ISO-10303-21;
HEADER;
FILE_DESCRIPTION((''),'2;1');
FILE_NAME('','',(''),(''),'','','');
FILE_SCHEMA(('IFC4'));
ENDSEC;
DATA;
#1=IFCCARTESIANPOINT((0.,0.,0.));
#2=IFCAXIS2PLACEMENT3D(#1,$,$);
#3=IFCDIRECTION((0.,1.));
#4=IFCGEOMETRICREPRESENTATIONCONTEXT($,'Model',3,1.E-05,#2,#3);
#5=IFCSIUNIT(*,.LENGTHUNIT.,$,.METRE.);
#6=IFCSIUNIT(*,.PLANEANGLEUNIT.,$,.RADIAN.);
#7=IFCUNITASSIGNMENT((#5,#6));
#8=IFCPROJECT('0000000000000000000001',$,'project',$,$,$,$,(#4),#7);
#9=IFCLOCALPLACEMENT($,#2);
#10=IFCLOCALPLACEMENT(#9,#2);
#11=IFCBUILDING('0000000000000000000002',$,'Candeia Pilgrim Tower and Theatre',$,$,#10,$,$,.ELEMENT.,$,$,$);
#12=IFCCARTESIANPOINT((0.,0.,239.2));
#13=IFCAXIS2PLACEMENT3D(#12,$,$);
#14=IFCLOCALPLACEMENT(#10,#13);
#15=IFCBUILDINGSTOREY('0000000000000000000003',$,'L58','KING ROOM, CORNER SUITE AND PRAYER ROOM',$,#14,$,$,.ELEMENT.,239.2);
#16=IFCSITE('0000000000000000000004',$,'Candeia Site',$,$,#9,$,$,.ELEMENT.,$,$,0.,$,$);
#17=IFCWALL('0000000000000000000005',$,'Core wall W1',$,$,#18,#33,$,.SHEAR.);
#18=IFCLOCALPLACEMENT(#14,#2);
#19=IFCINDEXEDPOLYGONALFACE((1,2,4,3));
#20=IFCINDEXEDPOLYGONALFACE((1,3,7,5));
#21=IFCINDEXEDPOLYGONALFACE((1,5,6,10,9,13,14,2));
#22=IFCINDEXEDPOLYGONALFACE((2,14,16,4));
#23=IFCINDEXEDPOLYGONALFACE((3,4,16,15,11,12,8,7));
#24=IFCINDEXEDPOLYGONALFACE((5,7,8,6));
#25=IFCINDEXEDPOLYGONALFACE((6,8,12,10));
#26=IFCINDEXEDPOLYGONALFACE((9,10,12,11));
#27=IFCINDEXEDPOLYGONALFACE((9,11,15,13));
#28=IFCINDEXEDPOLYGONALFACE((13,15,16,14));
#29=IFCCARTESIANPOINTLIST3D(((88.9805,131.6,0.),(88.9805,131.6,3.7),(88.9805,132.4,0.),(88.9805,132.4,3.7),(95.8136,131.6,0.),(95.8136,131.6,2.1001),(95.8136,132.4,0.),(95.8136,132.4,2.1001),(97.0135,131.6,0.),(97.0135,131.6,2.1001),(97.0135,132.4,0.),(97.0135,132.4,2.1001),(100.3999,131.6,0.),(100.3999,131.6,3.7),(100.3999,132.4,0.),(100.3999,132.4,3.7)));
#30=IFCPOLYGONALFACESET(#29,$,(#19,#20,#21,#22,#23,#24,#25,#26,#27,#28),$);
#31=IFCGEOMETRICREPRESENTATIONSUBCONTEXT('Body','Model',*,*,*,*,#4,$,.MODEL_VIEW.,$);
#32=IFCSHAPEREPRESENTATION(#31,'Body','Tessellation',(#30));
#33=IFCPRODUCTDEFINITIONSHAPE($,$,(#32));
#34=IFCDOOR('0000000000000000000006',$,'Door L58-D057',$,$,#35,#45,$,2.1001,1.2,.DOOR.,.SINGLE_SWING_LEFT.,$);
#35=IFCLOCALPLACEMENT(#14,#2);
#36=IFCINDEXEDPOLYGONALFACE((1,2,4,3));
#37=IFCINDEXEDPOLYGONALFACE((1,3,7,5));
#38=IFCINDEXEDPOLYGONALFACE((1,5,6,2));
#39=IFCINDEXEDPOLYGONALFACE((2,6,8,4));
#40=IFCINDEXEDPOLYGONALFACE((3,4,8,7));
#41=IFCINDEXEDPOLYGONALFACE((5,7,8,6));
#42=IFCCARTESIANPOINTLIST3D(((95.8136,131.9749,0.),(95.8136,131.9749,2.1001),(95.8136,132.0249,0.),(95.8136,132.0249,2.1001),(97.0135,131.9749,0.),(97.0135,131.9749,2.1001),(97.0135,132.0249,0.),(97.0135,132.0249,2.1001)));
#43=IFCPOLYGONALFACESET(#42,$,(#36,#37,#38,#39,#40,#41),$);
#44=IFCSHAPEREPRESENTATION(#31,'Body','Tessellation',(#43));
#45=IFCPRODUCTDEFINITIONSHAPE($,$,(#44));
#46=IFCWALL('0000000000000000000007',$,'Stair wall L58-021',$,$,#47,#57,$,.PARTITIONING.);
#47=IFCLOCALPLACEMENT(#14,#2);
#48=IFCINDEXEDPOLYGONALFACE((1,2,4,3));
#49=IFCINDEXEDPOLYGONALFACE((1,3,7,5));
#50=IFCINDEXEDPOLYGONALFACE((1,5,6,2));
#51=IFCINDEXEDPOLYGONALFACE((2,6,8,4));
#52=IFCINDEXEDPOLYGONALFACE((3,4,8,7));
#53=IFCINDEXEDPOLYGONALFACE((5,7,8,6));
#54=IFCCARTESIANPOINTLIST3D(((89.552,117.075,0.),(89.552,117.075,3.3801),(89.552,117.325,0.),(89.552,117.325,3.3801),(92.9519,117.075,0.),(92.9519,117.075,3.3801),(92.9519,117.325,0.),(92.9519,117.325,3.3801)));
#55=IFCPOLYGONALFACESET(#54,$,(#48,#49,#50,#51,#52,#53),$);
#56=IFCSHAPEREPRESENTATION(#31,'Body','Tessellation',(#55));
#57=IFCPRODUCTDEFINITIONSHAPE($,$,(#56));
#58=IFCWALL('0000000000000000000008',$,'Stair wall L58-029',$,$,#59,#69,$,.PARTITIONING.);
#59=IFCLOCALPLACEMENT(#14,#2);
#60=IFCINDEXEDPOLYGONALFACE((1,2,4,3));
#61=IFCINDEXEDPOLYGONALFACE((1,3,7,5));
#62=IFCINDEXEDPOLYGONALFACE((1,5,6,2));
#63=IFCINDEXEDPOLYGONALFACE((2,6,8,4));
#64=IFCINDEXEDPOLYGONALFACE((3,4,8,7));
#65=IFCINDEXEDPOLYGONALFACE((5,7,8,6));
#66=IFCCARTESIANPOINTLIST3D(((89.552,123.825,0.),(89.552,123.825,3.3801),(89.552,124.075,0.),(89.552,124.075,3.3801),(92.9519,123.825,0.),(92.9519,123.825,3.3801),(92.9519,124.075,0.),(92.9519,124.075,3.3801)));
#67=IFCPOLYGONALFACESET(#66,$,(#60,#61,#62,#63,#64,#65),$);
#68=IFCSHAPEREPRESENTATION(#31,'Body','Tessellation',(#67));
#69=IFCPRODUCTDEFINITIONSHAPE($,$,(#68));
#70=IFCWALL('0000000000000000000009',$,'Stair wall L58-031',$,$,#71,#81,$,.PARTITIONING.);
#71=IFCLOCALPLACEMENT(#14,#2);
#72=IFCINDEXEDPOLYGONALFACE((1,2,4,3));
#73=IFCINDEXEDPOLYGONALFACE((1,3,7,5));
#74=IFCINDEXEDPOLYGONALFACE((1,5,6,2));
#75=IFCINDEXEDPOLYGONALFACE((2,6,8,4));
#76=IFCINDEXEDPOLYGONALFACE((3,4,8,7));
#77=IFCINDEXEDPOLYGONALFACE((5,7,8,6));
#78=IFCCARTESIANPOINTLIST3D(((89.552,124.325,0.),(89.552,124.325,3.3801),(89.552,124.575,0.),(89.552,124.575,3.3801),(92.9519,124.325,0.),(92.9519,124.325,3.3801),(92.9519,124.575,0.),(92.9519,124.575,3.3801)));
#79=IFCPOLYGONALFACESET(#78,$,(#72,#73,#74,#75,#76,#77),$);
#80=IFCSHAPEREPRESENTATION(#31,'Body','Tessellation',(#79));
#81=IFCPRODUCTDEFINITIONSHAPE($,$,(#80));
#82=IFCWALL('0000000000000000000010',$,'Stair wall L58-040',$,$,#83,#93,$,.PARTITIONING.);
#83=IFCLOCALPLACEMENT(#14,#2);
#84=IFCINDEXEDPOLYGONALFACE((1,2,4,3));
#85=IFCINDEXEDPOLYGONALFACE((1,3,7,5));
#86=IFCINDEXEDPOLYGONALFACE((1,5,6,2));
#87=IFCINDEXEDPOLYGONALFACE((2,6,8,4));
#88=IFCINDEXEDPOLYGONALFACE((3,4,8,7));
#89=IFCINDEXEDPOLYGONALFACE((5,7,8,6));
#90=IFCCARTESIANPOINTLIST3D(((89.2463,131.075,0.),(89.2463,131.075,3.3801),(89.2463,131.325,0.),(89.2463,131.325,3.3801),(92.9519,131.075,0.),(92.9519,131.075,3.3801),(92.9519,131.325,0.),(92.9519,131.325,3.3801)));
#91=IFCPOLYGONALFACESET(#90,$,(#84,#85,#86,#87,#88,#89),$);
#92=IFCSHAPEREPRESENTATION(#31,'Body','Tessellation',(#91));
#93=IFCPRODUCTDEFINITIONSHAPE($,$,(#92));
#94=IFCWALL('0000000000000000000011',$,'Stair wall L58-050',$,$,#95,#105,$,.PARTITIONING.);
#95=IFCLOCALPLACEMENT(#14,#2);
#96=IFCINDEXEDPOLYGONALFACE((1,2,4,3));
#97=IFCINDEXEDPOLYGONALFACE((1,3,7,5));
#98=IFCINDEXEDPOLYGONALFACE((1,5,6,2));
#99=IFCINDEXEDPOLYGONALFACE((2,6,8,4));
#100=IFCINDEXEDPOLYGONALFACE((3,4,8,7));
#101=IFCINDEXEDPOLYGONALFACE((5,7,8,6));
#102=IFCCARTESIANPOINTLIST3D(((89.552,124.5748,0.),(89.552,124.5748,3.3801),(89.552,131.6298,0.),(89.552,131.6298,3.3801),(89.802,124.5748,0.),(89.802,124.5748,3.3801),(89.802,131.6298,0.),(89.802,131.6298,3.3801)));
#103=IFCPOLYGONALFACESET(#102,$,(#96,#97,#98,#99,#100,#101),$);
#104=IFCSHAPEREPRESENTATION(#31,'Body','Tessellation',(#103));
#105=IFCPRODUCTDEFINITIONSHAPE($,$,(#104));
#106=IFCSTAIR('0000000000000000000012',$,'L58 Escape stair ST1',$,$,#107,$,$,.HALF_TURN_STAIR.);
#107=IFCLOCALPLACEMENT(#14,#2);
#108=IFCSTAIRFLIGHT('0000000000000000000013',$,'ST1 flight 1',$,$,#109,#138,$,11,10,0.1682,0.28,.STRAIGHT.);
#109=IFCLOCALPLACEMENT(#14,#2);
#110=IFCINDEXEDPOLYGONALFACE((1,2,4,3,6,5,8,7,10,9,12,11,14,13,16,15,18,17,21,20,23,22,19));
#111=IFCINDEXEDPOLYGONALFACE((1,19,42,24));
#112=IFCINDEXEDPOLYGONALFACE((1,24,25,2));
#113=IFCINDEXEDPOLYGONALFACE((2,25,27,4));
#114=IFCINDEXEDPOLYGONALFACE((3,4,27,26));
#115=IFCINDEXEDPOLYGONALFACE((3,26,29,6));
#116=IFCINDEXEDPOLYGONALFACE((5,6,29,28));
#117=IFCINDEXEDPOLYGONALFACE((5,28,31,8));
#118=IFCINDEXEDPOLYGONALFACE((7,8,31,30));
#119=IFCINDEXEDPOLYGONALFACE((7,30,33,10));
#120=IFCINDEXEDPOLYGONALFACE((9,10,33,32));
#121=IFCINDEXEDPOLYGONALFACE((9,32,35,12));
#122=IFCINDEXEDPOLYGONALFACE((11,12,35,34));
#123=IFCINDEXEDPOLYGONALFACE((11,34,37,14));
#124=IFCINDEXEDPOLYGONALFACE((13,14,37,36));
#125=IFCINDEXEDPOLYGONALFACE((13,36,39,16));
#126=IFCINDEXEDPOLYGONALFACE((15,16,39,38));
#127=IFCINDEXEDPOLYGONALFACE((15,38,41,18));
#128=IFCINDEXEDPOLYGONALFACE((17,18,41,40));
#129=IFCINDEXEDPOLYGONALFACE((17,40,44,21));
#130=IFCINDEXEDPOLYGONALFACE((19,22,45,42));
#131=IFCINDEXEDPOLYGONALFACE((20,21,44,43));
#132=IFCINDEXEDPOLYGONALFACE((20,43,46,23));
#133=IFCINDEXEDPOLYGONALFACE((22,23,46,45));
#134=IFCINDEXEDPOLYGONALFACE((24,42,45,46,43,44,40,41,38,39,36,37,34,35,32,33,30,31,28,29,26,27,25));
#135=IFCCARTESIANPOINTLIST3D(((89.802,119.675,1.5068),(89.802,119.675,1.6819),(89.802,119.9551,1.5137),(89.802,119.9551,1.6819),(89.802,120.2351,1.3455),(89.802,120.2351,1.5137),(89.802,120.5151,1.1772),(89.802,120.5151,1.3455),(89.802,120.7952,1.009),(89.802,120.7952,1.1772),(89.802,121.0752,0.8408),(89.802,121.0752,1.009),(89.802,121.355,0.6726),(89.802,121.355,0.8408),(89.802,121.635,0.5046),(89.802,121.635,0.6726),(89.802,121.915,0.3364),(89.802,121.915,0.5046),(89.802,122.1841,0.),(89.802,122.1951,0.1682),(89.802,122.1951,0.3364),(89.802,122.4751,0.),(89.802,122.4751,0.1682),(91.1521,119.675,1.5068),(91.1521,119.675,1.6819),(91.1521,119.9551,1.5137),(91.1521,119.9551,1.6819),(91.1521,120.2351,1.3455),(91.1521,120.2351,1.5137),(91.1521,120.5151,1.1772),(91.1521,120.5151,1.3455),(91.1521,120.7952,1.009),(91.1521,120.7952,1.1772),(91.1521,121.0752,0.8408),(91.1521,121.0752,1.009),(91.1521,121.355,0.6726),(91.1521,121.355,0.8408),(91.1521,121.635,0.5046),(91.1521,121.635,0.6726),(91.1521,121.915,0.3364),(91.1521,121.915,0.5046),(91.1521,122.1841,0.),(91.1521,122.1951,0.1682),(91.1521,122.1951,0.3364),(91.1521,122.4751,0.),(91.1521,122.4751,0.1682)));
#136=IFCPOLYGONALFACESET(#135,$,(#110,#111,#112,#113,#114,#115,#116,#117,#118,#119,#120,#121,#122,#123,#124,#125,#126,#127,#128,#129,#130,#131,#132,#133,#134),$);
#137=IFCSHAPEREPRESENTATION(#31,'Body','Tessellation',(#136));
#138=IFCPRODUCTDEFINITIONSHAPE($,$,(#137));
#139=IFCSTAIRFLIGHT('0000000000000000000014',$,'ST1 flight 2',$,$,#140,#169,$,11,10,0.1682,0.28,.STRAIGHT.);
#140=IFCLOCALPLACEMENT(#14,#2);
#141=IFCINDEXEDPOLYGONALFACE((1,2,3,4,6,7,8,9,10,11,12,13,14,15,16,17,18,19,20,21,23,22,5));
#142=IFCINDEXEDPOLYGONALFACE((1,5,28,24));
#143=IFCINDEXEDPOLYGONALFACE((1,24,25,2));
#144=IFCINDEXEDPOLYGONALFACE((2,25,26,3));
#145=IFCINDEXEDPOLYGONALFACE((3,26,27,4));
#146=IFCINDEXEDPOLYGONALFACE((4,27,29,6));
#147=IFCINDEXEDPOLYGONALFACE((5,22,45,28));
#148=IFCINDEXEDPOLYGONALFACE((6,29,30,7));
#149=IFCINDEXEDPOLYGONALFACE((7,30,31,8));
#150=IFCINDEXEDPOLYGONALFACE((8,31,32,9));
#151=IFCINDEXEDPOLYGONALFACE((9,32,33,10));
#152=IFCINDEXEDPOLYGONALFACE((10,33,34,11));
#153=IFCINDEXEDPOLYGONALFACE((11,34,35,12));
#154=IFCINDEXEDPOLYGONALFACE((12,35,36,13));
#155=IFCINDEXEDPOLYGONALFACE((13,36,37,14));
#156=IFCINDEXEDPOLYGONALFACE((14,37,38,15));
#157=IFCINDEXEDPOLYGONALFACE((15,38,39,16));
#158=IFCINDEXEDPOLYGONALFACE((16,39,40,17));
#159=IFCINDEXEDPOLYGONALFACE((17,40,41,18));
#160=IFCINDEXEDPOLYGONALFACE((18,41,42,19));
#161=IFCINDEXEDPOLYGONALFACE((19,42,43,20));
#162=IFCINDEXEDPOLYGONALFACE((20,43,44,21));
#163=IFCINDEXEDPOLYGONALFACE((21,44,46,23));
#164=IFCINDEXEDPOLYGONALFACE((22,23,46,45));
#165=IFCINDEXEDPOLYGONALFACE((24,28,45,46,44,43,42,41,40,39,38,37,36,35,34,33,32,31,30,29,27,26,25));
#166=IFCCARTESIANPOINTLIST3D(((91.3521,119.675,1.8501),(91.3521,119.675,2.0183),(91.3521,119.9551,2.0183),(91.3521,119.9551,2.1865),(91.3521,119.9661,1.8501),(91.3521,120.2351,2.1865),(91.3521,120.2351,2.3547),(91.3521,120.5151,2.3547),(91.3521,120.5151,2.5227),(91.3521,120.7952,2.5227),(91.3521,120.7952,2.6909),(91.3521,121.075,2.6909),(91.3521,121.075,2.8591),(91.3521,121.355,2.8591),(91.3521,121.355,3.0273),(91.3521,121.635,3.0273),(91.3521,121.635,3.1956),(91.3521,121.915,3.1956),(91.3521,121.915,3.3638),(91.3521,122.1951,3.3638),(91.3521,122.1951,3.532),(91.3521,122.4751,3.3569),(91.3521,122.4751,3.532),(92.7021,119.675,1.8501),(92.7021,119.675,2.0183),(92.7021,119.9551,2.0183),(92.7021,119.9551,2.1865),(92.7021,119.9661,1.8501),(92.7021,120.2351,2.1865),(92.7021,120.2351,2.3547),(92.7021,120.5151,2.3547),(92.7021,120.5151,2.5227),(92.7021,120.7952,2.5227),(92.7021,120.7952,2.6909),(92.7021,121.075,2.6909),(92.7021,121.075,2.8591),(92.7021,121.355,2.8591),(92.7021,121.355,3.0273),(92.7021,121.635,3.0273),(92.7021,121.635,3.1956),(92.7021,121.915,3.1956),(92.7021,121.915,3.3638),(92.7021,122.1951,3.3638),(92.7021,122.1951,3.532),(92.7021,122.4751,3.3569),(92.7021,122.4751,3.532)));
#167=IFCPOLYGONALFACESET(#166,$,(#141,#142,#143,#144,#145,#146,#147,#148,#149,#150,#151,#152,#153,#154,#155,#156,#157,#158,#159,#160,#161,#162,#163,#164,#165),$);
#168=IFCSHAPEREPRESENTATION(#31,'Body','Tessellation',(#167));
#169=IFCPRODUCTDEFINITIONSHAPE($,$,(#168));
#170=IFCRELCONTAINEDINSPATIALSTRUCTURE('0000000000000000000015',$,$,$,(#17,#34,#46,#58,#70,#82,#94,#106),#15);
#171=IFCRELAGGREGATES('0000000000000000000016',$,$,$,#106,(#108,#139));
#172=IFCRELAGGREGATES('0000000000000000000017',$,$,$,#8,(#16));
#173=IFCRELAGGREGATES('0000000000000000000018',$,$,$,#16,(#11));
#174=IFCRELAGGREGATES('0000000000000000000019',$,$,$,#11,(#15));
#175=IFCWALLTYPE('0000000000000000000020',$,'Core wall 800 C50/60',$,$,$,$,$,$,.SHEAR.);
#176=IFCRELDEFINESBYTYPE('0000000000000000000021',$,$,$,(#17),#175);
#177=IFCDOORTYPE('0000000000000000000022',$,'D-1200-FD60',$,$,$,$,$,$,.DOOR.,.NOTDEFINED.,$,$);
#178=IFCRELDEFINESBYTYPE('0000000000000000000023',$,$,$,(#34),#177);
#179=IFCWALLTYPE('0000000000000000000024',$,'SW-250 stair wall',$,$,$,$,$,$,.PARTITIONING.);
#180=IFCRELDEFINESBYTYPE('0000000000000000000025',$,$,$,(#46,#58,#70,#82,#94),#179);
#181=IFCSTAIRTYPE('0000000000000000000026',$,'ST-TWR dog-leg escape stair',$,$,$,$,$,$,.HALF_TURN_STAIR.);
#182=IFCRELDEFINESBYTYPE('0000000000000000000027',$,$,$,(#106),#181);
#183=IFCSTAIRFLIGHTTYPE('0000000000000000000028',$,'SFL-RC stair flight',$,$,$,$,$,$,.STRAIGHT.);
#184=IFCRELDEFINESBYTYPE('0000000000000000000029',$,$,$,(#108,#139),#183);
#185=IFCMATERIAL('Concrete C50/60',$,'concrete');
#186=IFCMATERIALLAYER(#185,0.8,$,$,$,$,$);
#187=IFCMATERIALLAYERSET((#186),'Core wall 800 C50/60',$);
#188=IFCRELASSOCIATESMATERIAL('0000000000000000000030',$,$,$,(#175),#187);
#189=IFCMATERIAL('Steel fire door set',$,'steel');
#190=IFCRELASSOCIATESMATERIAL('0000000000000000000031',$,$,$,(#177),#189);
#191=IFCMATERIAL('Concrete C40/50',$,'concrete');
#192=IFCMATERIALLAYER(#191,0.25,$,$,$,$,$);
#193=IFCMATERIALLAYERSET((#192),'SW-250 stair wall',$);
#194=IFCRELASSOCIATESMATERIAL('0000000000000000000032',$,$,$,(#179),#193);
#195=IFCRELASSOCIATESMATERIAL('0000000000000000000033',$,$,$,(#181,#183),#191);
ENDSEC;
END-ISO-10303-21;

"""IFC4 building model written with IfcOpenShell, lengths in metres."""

from ifc_helpers import new_model, si_unit, direction, frame, frame_2d, origin, place, context, subcontext, project, spatial, polyline, rectangle, outline, extrude, material, layer, layer_set, type_object, element, fill, aggregate, save


model = new_model("IFC4")

# Units and contexts
model_context = context("Model", 3, precision=1e-05, world=origin(), true_north=direction((0.0, 1.0)))
body_context = subcontext(model_context, "Body", "Model", "MODEL_VIEW")
ifc_project = project(units=[si_unit("LENGTHUNIT", "METRE"), si_unit("PLANEANGLEUNIT", "RADIAN")], contexts=[model_context])

# Site, building, storey
site_placement = place(None, origin())
site = spatial("IfcSite", under=ifc_project, at=site_placement, Name="Candeia Site", CompositionType="ELEMENT", RefElevation=0.0)
building_placement = place(site_placement, origin())
building = spatial("IfcBuilding", under=site, at=building_placement, Name="Candeia Pilgrim Tower and Theatre", CompositionType="ELEMENT")
storey_placement = place(building_placement, frame((0.0, 0.0, 239.2)))
storey = spatial("IfcBuildingStorey", under=building, at=storey_placement, Name="L58", Description="KING ROOM, CORNER SUITE AND PRAYER ROOM", CompositionType="ELEMENT", Elevation=239.2)

# Wall, opening, door
ifc_material_1 = material(Name="Concrete C50/60", Category="concrete")
ifc_layer_1 = layer(ifc_material_1, 0.8)
ifc_layer_set_1 = layer_set([ifc_layer_1], Name="Core wall 800 C50/60")
wall_type_1 = type_object("IfcWallType", Name="Core wall 800 C50/60", PredefinedType="SHEAR", material=ifc_layer_set_1)
wall_1_placement = place(storey_placement, frame((88.9805, 132.0, 0.0), z_axis=(0.0, 0.0, 1.0), x_axis=(1.0, 0.0, 0.0)))
wall_1 = element("IfcWall", 1, at=wall_1_placement, inside=storey, type_object=wall_type_1, Name="Core wall W1", PredefinedType="SHEAR", context=body_context, shape_type="SweptSolid", body=[
    extrude(rectangle(XDim=11.4194, YDim=0.8, at=frame_2d((5.7097, 0.0))), origin(), (0.0, 0.0, 1.0), 3.7),
])
opening_placement = place(wall_1_placement, frame((6.833, 0.0, 0.0)))
opening = element("IfcOpeningElement", 2, at=opening_placement, cuts=wall_1, PredefinedType="OPENING", context=body_context, shape_type="SweptSolid", body=[
    extrude(rectangle(XDim=1.2, YDim=2.1001, at=frame_2d((0.6001, 1.05))), frame((0.0, 0.4102, 0.0), z_axis=(0.0, -1.0, 0.0), x_axis=(1.0, 0.0, 0.0)), (0.0, 0.0, 1.0), 0.8201),
])
ifc_material_2 = material(Name="Steel fire door set", Category="steel")
door_type = type_object("IfcDoorType", Name="D-1200-FD60", OperationType="NOTDEFINED", PredefinedType="DOOR", material=ifc_material_2)
door_placement = place(opening_placement, origin())
door = element("IfcDoor", 3, at=door_placement, inside=storey, type_object=door_type, Name="Door L58-D057", OperationType="SINGLE_SWING_LEFT", OverallHeight=2.1001, OverallWidth=1.2, PredefinedType="DOOR", context=body_context, shape_type="SweptSolid", body=[
    extrude(rectangle(XDim=1.2, YDim=2.1001, at=frame_2d((0.6001, 1.05))), frame((0.0, 0.0249, 0.0), z_axis=(0.0, -1.0, 0.0), x_axis=(1.0, 0.0, 0.0)), (0.0, 0.0, 1.0), 0.05),
])
fill(opening, door)

# Walls
ifc_material_3 = material(Name="Concrete C40/50", Category="concrete")
ifc_layer_2 = layer(ifc_material_3, 0.25)
ifc_layer_set_2 = layer_set([ifc_layer_2], Name="SW-250 stair wall")
wall_type_2 = type_object("IfcWallType", Name="SW-250 stair wall", PredefinedType="PARTITIONING", material=ifc_layer_set_2)
for number, where, z_axis, x_axis, name in (
    (4, (89.552, 117.2, 0.0), (0.0, 0.0, 1.0), (1.0, 0.0, 0.0), "Stair wall L58-021"),
    (5, (89.552, 123.95, 0.0), (0.0, 0.0, 1.0), (1.0, 0.0, 0.0), "Stair wall L58-029"),
    (6, (89.552, 124.45, 0.0), (0.0, 0.0, 1.0), (1.0, 0.0, 0.0), "Stair wall L58-031"),
):
    element("IfcWall", number, at=place(storey_placement, frame(where, z_axis=z_axis, x_axis=x_axis)), inside=storey, type_object=wall_type_2, Name=name, PredefinedType="PARTITIONING", context=body_context, shape_type="SweptSolid", body=[
        extrude(rectangle(XDim=3.3999, YDim=0.25, at=frame_2d((1.7, 0.0))), origin(), (0.0, 0.0, 1.0), 3.3801),
    ])
wall_2_placement = place(storey_placement, frame((89.2463, 131.2, 0.0), z_axis=(0.0, 0.0, 1.0), x_axis=(1.0, 0.0, 0.0)))
element("IfcWall", 7, at=wall_2_placement, inside=storey, type_object=wall_type_2, Name="Stair wall L58-040", PredefinedType="PARTITIONING", context=body_context, shape_type="SweptSolid", body=[
    extrude(rectangle(XDim=3.7056, YDim=0.25, at=frame_2d((1.8528, 0.0))), origin(), (0.0, 0.0, 1.0), 3.3801),
])
wall_3_placement = place(storey_placement, frame((89.677, 124.575, 0.0), z_axis=(0.0, 0.0, 1.0), x_axis=(0.0, 1.0, 0.0)))
element("IfcWall", 8, at=wall_3_placement, inside=storey, type_object=wall_type_2, Name="Stair wall L58-050", PredefinedType="PARTITIONING", context=body_context, shape_type="SweptSolid", body=[
    extrude(rectangle(XDim=7.0549, YDim=0.25, at=frame_2d((3.5273, 0.0))), origin(), (0.0, 0.0, 1.0), 3.3801),
])

# Stair, stair flights
stair_type = type_object("IfcStairType", Name="ST-TWR dog-leg escape stair", PredefinedType="HALF_TURN_STAIR", material=ifc_material_3)
stair_1_placement = place(storey_placement, origin())
stair_1 = element("IfcStair", 9, at=stair_1_placement, inside=storey, type_object=stair_type, Name="L58 Escape stair ST1", PredefinedType="HALF_TURN_STAIR")
stair_flight_type = type_object("IfcStairFlightType", Name="SFL-RC stair flight", PredefinedType="STRAIGHT", material=ifc_material_3)
stair_flight_1_placement = place(storey_placement, frame((90.4771, 122.4751, 0.0), z_axis=(0.0, 0.0, 1.0), x_axis=(0.0, -1.0, 0.0)))
stair_flight_1 = element("IfcStairFlight", 10, at=stair_flight_1_placement, type_object=stair_flight_type, Name="ST1 flight 1", NumberOfRisers=11, NumberOfTreads=10, PredefinedType="STRAIGHT", RiserHeight=0.1682, TreadLength=0.28, context=body_context, shape_type="SweptSolid", body=[
    extrude(outline(polyline([(0.0, 0.0), (0.0, 0.1682), (0.28, 0.1682), (0.28, 0.3364), (0.5601, 0.3364), (0.5601, 0.5046), (0.8401, 0.5046), (0.8401, 0.6726), (1.1201, 0.6726), (1.1201, 0.8408), (1.3999, 0.8408), (1.3999, 1.009), (1.6799, 1.009), (1.6799, 1.1772), (1.96, 1.1772), (1.96, 1.3455), (2.24, 1.3455), (2.24, 1.5137), (2.52, 1.5137), (2.52, 1.6819), (2.8, 1.6819), (2.8, 1.8501), (2.8, 1.5068), (0.291, 0.0), (0.0, 0.0)])), frame((0.0, 0.675, 0.0), z_axis=(0.0, -1.0, 0.0), x_axis=(1.0, 0.0, 0.0)), (0.0, 0.0, 1.0), 1.3501),
])
stair_flight_2_placement = place(storey_placement, frame((92.0271, 119.675, 1.8501), z_axis=(0.0, 0.0, 1.0), x_axis=(0.0, 1.0, 0.0)))
stair_flight_2 = element("IfcStairFlight", 11, at=stair_flight_2_placement, type_object=stair_flight_type, Name="ST1 flight 2", NumberOfRisers=11, NumberOfTreads=10, PredefinedType="STRAIGHT", RiserHeight=0.1682, TreadLength=0.28, context=body_context, shape_type="SweptSolid", body=[
    extrude(outline(polyline([(0.0, 0.0), (0.0, 0.1682), (0.28, 0.1682), (0.28, 0.3364), (0.5601, 0.3364), (0.5601, 0.5046), (0.8401, 0.5046), (0.8401, 0.6726), (1.1201, 0.6726), (1.1201, 0.8408), (1.3999, 0.8408), (1.3999, 1.009), (1.6799, 1.009), (1.6799, 1.1772), (1.96, 1.1772), (1.96, 1.3455), (2.24, 1.3455), (2.24, 1.5137), (2.52, 1.5137), (2.52, 1.6819), (2.8, 1.6819), (2.8, 1.8501), (2.8, 1.5068), (0.291, 0.0), (0.0, 0.0)])), frame((0.0, 0.675, 0.0), z_axis=(0.0, -1.0, 0.0), x_axis=(1.0, 0.0, 0.0)), (0.0, 0.0, 1.0), 1.3501),
])
aggregate(stair_1, [stair_flight_1, stair_flight_2])

save(model, "model.ifc")
